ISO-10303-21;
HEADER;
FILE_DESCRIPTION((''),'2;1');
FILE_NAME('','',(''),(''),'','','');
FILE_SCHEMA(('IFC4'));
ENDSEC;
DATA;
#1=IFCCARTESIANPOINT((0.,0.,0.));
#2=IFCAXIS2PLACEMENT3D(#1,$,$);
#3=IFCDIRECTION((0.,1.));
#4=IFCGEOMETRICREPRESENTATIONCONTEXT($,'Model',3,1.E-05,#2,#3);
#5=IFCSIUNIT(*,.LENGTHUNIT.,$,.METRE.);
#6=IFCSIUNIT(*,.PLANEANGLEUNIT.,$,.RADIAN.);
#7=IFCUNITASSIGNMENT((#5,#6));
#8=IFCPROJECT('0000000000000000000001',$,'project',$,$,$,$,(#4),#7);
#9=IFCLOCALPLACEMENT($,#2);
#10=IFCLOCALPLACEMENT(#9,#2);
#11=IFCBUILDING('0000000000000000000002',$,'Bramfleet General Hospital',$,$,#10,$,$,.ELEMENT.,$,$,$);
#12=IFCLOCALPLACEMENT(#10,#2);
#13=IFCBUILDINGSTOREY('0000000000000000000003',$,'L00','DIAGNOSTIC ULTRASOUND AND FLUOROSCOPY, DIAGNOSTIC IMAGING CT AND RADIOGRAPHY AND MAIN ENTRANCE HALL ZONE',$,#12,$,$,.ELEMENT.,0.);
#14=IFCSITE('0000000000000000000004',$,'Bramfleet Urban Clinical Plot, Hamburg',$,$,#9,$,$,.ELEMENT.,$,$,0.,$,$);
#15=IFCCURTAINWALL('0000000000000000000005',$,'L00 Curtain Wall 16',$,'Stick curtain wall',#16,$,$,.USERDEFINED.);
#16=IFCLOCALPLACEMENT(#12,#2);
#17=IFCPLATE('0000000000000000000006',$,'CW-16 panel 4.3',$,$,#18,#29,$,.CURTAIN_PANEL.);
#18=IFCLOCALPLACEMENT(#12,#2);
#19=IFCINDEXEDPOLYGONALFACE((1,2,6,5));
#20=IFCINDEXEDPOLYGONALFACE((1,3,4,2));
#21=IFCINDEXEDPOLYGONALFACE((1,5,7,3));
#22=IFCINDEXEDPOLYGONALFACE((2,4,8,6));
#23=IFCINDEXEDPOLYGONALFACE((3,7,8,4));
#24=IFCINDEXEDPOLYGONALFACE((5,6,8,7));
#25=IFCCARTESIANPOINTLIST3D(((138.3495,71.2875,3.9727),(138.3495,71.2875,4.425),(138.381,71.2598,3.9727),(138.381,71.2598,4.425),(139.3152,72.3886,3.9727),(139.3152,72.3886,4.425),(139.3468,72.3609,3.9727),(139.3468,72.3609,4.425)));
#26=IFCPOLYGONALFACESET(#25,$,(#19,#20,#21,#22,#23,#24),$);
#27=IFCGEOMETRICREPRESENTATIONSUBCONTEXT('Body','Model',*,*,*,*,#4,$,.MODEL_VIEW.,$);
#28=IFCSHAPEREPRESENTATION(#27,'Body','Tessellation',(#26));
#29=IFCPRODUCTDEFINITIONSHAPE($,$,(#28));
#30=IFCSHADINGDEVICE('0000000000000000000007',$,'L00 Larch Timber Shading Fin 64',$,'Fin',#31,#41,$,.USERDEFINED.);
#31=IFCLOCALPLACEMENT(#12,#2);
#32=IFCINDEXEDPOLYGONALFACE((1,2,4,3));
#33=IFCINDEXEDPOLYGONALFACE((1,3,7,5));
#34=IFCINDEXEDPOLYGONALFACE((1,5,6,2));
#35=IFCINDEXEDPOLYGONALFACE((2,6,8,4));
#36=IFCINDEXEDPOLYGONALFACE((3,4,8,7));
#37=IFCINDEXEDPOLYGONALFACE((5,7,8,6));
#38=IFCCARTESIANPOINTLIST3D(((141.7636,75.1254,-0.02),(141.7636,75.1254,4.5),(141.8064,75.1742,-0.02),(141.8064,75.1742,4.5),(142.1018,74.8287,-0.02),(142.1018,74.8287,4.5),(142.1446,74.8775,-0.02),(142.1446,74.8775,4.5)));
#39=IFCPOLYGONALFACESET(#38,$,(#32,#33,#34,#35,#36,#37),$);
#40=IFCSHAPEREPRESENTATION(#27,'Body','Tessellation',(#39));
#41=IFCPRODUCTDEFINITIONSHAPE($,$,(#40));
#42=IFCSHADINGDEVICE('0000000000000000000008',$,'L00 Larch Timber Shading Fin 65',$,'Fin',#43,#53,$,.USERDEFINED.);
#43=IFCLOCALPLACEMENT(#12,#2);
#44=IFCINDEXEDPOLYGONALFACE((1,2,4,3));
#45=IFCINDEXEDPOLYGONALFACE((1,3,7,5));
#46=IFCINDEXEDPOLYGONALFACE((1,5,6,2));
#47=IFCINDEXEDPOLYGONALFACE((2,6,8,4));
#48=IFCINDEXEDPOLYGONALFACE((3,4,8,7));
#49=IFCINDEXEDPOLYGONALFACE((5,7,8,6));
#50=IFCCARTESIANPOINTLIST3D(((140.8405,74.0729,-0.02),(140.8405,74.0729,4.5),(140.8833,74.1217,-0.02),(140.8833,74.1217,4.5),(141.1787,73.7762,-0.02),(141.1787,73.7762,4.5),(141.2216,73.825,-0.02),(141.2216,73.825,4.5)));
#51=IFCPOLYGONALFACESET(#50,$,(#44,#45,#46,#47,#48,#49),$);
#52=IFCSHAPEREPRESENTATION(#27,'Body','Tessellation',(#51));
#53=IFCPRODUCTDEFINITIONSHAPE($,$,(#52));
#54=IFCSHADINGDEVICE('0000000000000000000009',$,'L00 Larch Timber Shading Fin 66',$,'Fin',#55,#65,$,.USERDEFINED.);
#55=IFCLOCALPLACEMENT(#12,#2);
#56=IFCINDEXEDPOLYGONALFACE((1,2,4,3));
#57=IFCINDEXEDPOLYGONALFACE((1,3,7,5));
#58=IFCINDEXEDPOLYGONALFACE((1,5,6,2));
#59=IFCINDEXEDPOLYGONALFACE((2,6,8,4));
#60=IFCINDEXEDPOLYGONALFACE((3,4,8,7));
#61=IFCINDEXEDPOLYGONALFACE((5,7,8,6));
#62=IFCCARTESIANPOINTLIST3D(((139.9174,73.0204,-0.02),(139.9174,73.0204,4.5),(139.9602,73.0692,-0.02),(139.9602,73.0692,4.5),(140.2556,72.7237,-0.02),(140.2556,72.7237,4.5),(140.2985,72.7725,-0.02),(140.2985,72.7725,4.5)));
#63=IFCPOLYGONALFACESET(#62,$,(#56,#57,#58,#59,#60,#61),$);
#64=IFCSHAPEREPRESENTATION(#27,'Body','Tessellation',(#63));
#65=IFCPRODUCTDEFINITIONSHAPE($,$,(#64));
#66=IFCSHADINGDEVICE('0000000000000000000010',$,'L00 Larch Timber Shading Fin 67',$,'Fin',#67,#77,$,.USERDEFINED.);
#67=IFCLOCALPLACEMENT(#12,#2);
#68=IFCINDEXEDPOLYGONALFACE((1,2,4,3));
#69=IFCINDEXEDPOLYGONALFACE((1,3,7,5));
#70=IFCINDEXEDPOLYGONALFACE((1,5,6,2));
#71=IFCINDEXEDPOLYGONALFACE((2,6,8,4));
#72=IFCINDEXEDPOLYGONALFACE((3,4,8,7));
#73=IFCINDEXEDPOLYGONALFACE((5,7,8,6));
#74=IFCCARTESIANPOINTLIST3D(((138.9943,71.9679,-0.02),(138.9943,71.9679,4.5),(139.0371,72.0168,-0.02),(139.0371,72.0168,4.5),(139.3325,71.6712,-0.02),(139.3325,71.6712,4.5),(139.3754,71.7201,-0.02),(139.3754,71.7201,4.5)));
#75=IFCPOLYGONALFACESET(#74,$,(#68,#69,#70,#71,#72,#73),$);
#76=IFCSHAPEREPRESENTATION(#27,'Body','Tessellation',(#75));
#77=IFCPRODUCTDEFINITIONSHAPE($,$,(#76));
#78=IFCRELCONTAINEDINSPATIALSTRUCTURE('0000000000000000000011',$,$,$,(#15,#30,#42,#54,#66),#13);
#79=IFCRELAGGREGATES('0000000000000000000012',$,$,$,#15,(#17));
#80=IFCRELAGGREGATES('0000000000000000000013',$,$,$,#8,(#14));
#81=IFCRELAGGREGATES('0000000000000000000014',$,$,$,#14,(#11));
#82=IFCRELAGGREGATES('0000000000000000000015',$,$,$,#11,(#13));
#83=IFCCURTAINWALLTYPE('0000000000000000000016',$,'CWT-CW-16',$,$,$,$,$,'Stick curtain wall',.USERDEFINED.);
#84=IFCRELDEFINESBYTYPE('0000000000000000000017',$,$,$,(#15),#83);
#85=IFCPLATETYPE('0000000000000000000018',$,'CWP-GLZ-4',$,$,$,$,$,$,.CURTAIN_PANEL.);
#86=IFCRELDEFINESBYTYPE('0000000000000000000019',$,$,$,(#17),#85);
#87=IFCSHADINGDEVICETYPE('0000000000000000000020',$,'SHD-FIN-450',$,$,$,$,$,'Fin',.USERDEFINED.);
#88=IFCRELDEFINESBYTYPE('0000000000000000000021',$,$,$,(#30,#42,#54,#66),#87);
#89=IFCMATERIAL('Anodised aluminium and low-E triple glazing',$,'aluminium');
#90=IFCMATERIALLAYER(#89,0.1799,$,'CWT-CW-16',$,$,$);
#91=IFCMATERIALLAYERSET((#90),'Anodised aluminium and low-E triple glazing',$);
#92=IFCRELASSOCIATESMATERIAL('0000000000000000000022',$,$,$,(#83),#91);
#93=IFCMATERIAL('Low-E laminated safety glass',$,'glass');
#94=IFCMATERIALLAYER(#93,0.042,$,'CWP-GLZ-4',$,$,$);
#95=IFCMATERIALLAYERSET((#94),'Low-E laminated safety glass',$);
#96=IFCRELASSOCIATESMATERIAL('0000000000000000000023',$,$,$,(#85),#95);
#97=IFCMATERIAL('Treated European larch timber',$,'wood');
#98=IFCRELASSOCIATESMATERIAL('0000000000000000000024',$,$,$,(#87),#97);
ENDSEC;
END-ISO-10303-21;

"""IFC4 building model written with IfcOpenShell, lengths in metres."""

from ifc_helpers import new_model, si_unit, direction, frame, origin, origin_2d, place, context, subcontext, project, spatial, rectangle, extrude, material, layer, layer_set, material_profile, profile_set, type_object, element, aggregate, save


model = new_model("IFC4")

# Units and contexts
model_context = context("Model", 3, precision=1e-05, world=origin(), true_north=direction((0.0, 1.0)))
body_context = subcontext(model_context, "Body", "Model", "MODEL_VIEW")
ifc_project = project(units=[si_unit("LENGTHUNIT", "METRE"), si_unit("PLANEANGLEUNIT", "RADIAN")], contexts=[model_context])

# Site, building, storey
site_placement = place(None, origin())
site = spatial("IfcSite", under=ifc_project, at=site_placement, Name="Bramfleet Urban Clinical Plot, Hamburg", CompositionType="ELEMENT", RefElevation=0.0)
building_placement = place(site_placement, origin())
building = spatial("IfcBuilding", under=site, at=building_placement, Name="Bramfleet General Hospital", CompositionType="ELEMENT")
storey_placement = place(building_placement, origin())
storey = spatial("IfcBuildingStorey", under=building, at=storey_placement, Name="L00", Description="DIAGNOSTIC ULTRASOUND AND FLUOROSCOPY, DIAGNOSTIC IMAGING CT AND RADIOGRAPHY AND MAIN ENTRANCE HALL ZONE", CompositionType="ELEMENT", Elevation=0.0)

# Curtain wall, plate
ifc_material_1 = material(Name="Anodised aluminium and low-E triple glazing", Category="aluminium")
ifc_layer_1 = layer(ifc_material_1, 0.1799, Name="CWT-CW-16")
ifc_layer_set_1 = layer_set([ifc_layer_1], Name="Anodised aluminium and low-E triple glazing")
curtain_wall_type = type_object("IfcCurtainWallType", Name="CWT-CW-16", ElementType="Stick curtain wall", PredefinedType="USERDEFINED", material=ifc_layer_set_1)
curtain_wall_placement = place(storey_placement, origin())
curtain_wall = element("IfcCurtainWall", 1, at=curtain_wall_placement, inside=storey, type_object=curtain_wall_type, Name="L00 Curtain Wall 16", ObjectType="Stick curtain wall", PredefinedType="USERDEFINED")
ifc_material_2 = material(Name="Low-E laminated safety glass", Category="glass")
ifc_layer_2 = layer(ifc_material_2, 0.042, Name="CWP-GLZ-4")
ifc_layer_set_2 = layer_set([ifc_layer_2], Name="Low-E laminated safety glass")
plate_type = type_object("IfcPlateType", Name="CWP-GLZ-4", PredefinedType="CURTAIN_PANEL", material=ifc_layer_set_2)
plate_1_placement = place(storey_placement, frame((138.8481, 71.8242, 3.9727), z_axis=(0.0, 0.0, 1.0), x_axis=(-0.659406, -0.751787, 0.0)))
plate_1 = element("IfcPlate", 2, at=plate_1_placement, type_object=plate_type, Name="CW-16 panel 4.3", PredefinedType="CURTAIN_PANEL", context=body_context, shape_type="SweptSolid", body=[
    extrude(rectangle(XDim=1.4646, YDim=0.042, at=origin_2d()), origin(), (0.0, 0.0, 1.0), 0.4524),
])
aggregate(curtain_wall, [plate_1])

# Shading devices
ifc_material_3 = material(Name="Treated European larch timber", Category="wood")
ifc_material_profile_1 = material_profile(ifc_material_3, rectangle(XDim=0.0649, YDim=0.45, at=origin_2d()), Name="LARCH FIN 450x65")
ifc_profile_set_1 = profile_set([ifc_material_profile_1], Name="Treated European larch timber")
shading_device_type = type_object("IfcShadingDeviceType", Name="SHD-FIN-450", ElementType="Fin", PredefinedType="USERDEFINED", material=ifc_profile_set_1)
for number, where, z_axis, x_axis, name in (
    (3, (141.9541, 75.0015, -0.02), (0.0, 0.0, 1.0), (-0.659406, -0.751787, 0.0), "L00 Larch Timber Shading Fin 64"),
    (4, (141.031, 73.949, -0.02), (0.0, 0.0, 1.0), (-0.659406, -0.751787, 0.0), "L00 Larch Timber Shading Fin 65"),
    (5, (140.1079, 72.8965, -0.02), (0.0, 0.0, 1.0), (-0.659406, -0.751787, 0.0), "L00 Larch Timber Shading Fin 66"),
    (6, (139.1848, 71.844, -0.02), (0.0, 0.0, 1.0), (-0.659406, -0.751787, 0.0), "L00 Larch Timber Shading Fin 67"),
):
    element("IfcShadingDevice", number, at=place(storey_placement, frame(where, z_axis=z_axis, x_axis=x_axis)), inside=storey, type_object=shading_device_type, Name=name, ObjectType="Fin", PredefinedType="USERDEFINED", context=body_context, shape_type="SweptSolid", body=[
        extrude(rectangle(XDim=0.0649, YDim=0.45, at=origin_2d()), origin(), (0.0, 0.0, 1.0), 4.52),
    ])

save(model, "model.ifc")
